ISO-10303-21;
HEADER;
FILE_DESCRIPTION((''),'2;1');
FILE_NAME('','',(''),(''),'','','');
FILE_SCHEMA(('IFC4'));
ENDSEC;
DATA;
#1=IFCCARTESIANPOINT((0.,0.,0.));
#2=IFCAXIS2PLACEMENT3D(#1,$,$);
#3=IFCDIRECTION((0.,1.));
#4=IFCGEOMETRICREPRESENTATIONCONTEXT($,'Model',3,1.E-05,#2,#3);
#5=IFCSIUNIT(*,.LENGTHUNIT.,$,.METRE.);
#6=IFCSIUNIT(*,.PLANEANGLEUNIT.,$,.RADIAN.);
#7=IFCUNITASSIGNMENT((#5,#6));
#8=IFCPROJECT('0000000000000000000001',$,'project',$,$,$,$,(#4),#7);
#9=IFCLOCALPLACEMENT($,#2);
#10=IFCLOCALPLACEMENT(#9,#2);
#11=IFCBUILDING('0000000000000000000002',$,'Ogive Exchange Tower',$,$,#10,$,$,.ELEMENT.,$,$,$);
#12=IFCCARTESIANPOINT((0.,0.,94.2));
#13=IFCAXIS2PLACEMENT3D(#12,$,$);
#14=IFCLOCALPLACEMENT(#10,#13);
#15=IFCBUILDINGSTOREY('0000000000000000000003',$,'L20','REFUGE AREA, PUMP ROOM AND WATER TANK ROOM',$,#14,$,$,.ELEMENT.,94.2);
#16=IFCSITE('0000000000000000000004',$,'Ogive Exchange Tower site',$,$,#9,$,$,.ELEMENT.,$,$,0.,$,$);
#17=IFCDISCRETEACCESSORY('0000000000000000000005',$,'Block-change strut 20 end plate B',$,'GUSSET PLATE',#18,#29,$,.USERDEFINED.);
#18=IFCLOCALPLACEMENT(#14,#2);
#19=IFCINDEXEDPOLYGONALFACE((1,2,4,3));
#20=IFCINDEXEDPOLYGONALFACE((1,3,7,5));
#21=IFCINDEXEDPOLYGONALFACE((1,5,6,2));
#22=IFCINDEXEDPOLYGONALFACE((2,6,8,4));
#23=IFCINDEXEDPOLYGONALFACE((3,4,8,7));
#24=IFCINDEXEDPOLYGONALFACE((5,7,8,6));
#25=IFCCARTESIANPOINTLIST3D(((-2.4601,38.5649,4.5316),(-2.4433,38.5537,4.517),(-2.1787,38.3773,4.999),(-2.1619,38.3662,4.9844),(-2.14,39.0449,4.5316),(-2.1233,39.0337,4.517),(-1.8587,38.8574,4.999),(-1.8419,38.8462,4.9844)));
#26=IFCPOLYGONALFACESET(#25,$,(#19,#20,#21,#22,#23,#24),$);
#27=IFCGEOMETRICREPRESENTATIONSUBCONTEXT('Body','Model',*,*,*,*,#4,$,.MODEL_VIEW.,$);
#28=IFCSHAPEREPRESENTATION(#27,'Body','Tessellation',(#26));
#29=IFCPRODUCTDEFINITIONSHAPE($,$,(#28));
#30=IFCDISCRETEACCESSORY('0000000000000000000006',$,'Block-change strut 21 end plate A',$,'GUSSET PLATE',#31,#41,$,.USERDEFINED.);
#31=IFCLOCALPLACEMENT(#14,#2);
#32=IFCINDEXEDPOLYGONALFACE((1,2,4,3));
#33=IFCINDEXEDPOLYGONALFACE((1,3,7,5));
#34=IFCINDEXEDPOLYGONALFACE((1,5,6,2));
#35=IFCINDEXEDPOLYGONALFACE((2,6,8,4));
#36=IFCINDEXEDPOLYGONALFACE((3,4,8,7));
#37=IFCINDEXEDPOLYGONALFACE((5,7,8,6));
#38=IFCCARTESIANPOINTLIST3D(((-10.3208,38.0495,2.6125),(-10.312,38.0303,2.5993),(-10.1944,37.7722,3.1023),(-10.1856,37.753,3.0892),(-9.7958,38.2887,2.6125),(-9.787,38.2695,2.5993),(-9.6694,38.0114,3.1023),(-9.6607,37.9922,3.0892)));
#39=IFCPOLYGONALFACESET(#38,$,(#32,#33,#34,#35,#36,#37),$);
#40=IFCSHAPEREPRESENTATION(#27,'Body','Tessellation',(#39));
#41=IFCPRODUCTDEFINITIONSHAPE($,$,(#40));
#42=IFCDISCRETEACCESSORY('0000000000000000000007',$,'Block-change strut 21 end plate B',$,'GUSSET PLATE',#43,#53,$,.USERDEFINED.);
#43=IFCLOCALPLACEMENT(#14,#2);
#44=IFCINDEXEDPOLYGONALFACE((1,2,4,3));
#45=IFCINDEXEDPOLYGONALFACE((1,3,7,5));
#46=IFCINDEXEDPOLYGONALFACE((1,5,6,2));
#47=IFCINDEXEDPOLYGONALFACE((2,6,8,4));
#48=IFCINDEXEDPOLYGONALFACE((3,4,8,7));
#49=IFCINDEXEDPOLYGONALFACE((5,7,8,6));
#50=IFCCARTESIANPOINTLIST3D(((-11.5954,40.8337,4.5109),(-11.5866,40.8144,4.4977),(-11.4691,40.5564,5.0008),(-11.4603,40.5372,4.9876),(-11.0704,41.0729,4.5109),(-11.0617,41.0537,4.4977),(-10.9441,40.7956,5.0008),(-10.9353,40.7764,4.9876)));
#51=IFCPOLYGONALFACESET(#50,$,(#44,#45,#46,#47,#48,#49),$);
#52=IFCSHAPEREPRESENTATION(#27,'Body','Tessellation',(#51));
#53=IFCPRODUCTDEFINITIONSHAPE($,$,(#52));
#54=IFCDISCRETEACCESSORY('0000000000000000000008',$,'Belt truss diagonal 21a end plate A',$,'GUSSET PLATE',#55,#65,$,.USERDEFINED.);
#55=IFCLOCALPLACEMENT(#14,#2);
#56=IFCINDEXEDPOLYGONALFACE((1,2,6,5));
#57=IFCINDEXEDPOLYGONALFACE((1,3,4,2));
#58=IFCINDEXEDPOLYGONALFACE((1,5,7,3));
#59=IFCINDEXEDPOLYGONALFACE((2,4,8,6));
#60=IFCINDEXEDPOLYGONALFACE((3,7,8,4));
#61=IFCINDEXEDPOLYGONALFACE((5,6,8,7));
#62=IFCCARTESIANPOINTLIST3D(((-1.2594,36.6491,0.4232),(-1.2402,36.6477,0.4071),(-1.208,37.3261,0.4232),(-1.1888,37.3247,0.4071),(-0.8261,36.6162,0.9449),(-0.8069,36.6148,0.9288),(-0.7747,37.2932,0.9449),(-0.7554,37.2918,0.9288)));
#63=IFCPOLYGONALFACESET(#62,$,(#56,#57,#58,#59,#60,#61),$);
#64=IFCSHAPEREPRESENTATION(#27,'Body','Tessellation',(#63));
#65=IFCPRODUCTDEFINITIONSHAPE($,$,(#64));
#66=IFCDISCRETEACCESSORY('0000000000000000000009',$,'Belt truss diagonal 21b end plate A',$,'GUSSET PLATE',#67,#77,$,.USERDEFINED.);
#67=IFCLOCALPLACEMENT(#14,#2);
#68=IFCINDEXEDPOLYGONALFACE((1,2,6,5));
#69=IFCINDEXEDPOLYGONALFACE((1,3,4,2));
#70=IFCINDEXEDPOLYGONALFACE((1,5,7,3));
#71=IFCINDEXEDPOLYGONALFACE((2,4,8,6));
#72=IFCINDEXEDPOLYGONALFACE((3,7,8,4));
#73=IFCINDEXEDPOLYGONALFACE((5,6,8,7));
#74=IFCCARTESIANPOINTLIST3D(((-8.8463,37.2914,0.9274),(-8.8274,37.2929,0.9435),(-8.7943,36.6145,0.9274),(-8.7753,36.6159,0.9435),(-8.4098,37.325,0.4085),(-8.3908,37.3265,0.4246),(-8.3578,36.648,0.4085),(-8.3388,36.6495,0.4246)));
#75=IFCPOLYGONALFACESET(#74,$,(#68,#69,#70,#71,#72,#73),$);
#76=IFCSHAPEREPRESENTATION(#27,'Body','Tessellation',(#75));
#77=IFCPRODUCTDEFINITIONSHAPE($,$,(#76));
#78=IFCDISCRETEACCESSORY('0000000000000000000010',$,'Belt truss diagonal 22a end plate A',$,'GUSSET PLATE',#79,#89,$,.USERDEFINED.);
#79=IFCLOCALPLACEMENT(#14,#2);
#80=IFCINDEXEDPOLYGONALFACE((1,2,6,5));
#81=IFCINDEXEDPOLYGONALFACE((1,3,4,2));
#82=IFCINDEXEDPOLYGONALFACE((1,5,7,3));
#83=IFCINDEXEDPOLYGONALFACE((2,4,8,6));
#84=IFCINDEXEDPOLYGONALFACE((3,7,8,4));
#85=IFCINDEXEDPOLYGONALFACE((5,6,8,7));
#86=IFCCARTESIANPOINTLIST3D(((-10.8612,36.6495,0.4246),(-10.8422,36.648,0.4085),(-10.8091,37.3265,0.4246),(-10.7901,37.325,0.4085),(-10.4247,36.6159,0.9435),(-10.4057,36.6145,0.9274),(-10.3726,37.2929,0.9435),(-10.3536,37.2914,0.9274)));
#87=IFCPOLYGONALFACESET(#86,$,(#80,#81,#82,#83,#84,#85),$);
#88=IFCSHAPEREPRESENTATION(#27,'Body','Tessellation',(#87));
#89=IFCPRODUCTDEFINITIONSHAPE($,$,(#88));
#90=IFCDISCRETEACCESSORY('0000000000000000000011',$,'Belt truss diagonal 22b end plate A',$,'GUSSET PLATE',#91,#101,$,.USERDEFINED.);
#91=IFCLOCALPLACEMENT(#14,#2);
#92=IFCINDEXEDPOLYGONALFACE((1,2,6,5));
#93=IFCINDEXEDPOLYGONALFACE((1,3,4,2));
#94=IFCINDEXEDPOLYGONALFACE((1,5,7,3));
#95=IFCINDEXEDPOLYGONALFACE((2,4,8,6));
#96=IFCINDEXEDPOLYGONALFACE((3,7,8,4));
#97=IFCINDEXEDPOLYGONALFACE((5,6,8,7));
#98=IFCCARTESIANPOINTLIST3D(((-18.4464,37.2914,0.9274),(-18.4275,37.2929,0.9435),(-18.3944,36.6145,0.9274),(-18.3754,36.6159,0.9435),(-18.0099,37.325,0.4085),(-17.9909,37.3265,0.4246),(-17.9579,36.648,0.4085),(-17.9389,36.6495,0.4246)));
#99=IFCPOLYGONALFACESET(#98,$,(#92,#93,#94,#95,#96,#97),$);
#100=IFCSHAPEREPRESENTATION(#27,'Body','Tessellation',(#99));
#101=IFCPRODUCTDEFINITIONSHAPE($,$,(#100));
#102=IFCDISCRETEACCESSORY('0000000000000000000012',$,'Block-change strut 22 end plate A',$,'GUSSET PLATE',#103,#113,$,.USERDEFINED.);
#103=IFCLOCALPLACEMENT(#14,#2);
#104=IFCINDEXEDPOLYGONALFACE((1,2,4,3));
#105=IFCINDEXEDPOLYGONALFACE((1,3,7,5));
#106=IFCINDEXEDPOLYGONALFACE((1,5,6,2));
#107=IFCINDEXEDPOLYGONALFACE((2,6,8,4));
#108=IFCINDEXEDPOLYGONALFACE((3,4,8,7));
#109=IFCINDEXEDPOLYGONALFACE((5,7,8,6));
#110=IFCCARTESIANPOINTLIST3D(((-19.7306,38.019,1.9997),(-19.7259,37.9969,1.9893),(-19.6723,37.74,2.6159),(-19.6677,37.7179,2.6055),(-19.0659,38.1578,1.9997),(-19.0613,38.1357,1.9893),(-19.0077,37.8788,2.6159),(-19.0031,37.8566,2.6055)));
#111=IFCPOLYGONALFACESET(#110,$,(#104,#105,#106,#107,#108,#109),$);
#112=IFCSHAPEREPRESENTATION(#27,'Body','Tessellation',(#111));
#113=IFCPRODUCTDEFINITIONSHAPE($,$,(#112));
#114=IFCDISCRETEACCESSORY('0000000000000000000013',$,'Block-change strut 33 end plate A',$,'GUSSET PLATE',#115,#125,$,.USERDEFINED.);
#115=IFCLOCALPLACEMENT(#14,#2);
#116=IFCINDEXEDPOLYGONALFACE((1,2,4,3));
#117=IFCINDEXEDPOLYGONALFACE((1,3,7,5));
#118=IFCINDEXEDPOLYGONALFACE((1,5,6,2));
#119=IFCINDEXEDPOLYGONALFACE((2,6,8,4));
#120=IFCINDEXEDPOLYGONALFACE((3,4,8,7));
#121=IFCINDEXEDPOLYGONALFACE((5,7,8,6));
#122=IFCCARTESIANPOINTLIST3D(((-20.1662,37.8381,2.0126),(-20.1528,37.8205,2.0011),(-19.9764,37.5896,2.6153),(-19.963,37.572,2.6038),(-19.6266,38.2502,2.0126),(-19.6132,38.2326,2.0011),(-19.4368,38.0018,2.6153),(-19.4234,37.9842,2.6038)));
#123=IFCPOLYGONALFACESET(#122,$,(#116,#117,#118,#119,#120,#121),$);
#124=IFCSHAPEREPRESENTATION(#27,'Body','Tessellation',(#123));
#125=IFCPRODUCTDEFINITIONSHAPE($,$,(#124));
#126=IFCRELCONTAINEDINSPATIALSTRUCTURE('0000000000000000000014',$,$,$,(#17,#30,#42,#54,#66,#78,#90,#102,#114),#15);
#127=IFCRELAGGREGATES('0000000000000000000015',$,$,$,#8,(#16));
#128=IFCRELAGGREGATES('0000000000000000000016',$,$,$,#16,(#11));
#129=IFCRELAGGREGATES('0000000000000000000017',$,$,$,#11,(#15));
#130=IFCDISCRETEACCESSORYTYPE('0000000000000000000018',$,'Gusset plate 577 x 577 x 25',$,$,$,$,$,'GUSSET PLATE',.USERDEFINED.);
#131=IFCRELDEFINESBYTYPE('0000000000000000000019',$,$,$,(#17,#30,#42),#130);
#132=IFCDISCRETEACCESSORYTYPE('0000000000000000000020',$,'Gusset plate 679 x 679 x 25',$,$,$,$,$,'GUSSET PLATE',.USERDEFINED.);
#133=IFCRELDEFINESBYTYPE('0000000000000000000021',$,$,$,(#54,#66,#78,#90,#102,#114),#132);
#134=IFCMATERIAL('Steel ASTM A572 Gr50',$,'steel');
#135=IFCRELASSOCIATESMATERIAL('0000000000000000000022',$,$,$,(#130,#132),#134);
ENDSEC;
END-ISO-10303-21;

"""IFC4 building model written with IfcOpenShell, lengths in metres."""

from ifc_helpers import new_model, si_unit, direction, frame, origin, origin_2d, place, context, subcontext, project, spatial, rectangle, extrude, material, material_profile, profile_set, type_object, element, save


model = new_model("IFC4")

# Units and contexts
model_context = context("Model", 3, precision=1e-05, world=origin(), true_north=direction((0.0, 1.0)))
body_context = subcontext(model_context, "Body", "Model", "MODEL_VIEW")
ifc_project = project(units=[si_unit("LENGTHUNIT", "METRE"), si_unit("PLANEANGLEUNIT", "RADIAN")], contexts=[model_context])

# Site, building, storey
site_placement = place(None, origin())
site = spatial("IfcSite", under=ifc_project, at=site_placement, Name="Ogive Exchange Tower site", CompositionType="ELEMENT", RefElevation=0.0)
building_placement = place(site_placement, origin())
building = spatial("IfcBuilding", under=site, at=building_placement, Name="Ogive Exchange Tower", CompositionType="ELEMENT")
storey_placement = place(building_placement, frame((0.0, 0.0, 94.2)))
storey = spatial("IfcBuildingStorey", under=building, at=storey_placement, Name="L20", Description="REFUGE AREA, PUMP ROOM AND WATER TANK ROOM", CompositionType="ELEMENT", Elevation=94.2)

# Discrete accessories
ifc_material_1 = material(Name="Steel ASTM A572 Gr50", Category="steel")
ifc_material_profile_1 = material_profile(ifc_material_1, rectangle(XDim=0.5769, YDim=0.5769, at=origin_2d()), Name="PL 577 x 577 x 25")
ifc_profile_set_1 = profile_set([ifc_material_profile_1], Name="Steel ASTM A572 Gr50")
discrete_accessory_type_1 = type_object("IfcDiscreteAccessoryType", Name="Gusset plate 577 x 577 x 25", ElementType="GUSSET PLATE", PredefinedType="USERDEFINED", material=ifc_profile_set_1)
for number, where, z_axis, x_axis, name in (
    (1, (-2.1426, 38.7, 4.7507), (-0.67411, 0.449407, 0.586182), (-0.5547, -0.83205, 0.0), "Block-change strut 20 end plate B"),
    (2, (-9.9863, 38.0112, 2.8442), (-0.352113, 0.772692, 0.528169), (-0.909972, -0.414671, 0.0), "Block-change strut 21 end plate A"),
    (3, (-11.261, 40.7954, 4.7427), (-0.352113, 0.772692, 0.528169), (-0.909972, -0.414671, 0.0), "Block-change strut 21 end plate B"),
):
    element("IfcDiscreteAccessory", number, at=place(storey_placement, frame(where, z_axis=z_axis, x_axis=x_axis)), inside=storey, type_object=discrete_accessory_type_1, Name=name, ObjectType="GUSSET PLATE", PredefinedType="USERDEFINED", context=body_context, shape_type="SweptSolid", body=[
        extrude(rectangle(XDim=0.5769, YDim=0.5769, at=origin_2d()), origin(), (0.0, 0.0, 1.0), 0.0249),
    ])
ifc_material_profile_2 = material_profile(ifc_material_1, rectangle(XDim=0.679, YDim=0.679, at=origin_2d()), Name="PL 679 x 679 x 25")
ifc_profile_set_2 = profile_set([ifc_material_profile_2], Name="Steel ASTM A572 Gr50")
discrete_accessory_type_2 = type_object("IfcDiscreteAccessoryType", Name="Gusset plate 679 x 679 x 25", ElementType="GUSSET PLATE", PredefinedType="USERDEFINED", material=ifc_profile_set_2)
discrete_accessory_1_placement = place(storey_placement, frame((-0.9978, 36.9697, 0.668), z_axis=(-0.766124, 0.058187, 0.640053), x_axis=(-0.075731, -0.997128, 0.0)))
element("IfcDiscreteAccessory", 4, at=discrete_accessory_1_placement, inside=storey, type_object=discrete_accessory_type_2, Name="Belt truss diagonal 21a end plate A", ObjectType="GUSSET PLATE", PredefinedType="USERDEFINED", context=body_context, shape_type="SweptSolid", body=[
    extrude(rectangle(XDim=0.679, YDim=0.679, at=origin_2d()), origin(), (0.0, 0.0, 1.0), 0.0251),
])
for number, where, z_axis, x_axis, name in (
    (5, (-8.6021, 36.9697, 0.668), (0.762073, 0.058621, 0.644831), (-0.076696, 0.997054, 0.0), "Belt truss diagonal 21b end plate A"),
    (6, (-10.5979, 36.9697, 0.668), (-0.762073, 0.058621, 0.644831), (-0.076696, -0.997054, 0.0), "Belt truss diagonal 22a end plate A"),
    (7, (-18.2021, 36.9697, 0.668), (0.762073, 0.058621, 0.644831), (-0.076696, 0.997054, 0.0), "Belt truss diagonal 22b end plate A"),
    (8, (-19.3645, 37.9268, 2.2974), (-0.185501, 0.88845, 0.419817), (-0.978891, -0.204384, 0.0), "Block-change strut 22 end plate A"),
    (9, (-19.7881, 37.9023, 2.3025), (-0.538853, 0.705408, 0.460475), (-0.794671, -0.60704, 0.0), "Block-change strut 33 end plate A"),
):
    element("IfcDiscreteAccessory", number, at=place(storey_placement, frame(where, z_axis=z_axis, x_axis=x_axis)), inside=storey, type_object=discrete_accessory_type_2, Name=name, ObjectType="GUSSET PLATE", PredefinedType="USERDEFINED", context=body_context, shape_type="SweptSolid", body=[
        extrude(rectangle(XDim=0.679, YDim=0.679, at=origin_2d()), origin(), (0.0, 0.0, 1.0), 0.0249),
    ])

save(model, "model.ifc")
